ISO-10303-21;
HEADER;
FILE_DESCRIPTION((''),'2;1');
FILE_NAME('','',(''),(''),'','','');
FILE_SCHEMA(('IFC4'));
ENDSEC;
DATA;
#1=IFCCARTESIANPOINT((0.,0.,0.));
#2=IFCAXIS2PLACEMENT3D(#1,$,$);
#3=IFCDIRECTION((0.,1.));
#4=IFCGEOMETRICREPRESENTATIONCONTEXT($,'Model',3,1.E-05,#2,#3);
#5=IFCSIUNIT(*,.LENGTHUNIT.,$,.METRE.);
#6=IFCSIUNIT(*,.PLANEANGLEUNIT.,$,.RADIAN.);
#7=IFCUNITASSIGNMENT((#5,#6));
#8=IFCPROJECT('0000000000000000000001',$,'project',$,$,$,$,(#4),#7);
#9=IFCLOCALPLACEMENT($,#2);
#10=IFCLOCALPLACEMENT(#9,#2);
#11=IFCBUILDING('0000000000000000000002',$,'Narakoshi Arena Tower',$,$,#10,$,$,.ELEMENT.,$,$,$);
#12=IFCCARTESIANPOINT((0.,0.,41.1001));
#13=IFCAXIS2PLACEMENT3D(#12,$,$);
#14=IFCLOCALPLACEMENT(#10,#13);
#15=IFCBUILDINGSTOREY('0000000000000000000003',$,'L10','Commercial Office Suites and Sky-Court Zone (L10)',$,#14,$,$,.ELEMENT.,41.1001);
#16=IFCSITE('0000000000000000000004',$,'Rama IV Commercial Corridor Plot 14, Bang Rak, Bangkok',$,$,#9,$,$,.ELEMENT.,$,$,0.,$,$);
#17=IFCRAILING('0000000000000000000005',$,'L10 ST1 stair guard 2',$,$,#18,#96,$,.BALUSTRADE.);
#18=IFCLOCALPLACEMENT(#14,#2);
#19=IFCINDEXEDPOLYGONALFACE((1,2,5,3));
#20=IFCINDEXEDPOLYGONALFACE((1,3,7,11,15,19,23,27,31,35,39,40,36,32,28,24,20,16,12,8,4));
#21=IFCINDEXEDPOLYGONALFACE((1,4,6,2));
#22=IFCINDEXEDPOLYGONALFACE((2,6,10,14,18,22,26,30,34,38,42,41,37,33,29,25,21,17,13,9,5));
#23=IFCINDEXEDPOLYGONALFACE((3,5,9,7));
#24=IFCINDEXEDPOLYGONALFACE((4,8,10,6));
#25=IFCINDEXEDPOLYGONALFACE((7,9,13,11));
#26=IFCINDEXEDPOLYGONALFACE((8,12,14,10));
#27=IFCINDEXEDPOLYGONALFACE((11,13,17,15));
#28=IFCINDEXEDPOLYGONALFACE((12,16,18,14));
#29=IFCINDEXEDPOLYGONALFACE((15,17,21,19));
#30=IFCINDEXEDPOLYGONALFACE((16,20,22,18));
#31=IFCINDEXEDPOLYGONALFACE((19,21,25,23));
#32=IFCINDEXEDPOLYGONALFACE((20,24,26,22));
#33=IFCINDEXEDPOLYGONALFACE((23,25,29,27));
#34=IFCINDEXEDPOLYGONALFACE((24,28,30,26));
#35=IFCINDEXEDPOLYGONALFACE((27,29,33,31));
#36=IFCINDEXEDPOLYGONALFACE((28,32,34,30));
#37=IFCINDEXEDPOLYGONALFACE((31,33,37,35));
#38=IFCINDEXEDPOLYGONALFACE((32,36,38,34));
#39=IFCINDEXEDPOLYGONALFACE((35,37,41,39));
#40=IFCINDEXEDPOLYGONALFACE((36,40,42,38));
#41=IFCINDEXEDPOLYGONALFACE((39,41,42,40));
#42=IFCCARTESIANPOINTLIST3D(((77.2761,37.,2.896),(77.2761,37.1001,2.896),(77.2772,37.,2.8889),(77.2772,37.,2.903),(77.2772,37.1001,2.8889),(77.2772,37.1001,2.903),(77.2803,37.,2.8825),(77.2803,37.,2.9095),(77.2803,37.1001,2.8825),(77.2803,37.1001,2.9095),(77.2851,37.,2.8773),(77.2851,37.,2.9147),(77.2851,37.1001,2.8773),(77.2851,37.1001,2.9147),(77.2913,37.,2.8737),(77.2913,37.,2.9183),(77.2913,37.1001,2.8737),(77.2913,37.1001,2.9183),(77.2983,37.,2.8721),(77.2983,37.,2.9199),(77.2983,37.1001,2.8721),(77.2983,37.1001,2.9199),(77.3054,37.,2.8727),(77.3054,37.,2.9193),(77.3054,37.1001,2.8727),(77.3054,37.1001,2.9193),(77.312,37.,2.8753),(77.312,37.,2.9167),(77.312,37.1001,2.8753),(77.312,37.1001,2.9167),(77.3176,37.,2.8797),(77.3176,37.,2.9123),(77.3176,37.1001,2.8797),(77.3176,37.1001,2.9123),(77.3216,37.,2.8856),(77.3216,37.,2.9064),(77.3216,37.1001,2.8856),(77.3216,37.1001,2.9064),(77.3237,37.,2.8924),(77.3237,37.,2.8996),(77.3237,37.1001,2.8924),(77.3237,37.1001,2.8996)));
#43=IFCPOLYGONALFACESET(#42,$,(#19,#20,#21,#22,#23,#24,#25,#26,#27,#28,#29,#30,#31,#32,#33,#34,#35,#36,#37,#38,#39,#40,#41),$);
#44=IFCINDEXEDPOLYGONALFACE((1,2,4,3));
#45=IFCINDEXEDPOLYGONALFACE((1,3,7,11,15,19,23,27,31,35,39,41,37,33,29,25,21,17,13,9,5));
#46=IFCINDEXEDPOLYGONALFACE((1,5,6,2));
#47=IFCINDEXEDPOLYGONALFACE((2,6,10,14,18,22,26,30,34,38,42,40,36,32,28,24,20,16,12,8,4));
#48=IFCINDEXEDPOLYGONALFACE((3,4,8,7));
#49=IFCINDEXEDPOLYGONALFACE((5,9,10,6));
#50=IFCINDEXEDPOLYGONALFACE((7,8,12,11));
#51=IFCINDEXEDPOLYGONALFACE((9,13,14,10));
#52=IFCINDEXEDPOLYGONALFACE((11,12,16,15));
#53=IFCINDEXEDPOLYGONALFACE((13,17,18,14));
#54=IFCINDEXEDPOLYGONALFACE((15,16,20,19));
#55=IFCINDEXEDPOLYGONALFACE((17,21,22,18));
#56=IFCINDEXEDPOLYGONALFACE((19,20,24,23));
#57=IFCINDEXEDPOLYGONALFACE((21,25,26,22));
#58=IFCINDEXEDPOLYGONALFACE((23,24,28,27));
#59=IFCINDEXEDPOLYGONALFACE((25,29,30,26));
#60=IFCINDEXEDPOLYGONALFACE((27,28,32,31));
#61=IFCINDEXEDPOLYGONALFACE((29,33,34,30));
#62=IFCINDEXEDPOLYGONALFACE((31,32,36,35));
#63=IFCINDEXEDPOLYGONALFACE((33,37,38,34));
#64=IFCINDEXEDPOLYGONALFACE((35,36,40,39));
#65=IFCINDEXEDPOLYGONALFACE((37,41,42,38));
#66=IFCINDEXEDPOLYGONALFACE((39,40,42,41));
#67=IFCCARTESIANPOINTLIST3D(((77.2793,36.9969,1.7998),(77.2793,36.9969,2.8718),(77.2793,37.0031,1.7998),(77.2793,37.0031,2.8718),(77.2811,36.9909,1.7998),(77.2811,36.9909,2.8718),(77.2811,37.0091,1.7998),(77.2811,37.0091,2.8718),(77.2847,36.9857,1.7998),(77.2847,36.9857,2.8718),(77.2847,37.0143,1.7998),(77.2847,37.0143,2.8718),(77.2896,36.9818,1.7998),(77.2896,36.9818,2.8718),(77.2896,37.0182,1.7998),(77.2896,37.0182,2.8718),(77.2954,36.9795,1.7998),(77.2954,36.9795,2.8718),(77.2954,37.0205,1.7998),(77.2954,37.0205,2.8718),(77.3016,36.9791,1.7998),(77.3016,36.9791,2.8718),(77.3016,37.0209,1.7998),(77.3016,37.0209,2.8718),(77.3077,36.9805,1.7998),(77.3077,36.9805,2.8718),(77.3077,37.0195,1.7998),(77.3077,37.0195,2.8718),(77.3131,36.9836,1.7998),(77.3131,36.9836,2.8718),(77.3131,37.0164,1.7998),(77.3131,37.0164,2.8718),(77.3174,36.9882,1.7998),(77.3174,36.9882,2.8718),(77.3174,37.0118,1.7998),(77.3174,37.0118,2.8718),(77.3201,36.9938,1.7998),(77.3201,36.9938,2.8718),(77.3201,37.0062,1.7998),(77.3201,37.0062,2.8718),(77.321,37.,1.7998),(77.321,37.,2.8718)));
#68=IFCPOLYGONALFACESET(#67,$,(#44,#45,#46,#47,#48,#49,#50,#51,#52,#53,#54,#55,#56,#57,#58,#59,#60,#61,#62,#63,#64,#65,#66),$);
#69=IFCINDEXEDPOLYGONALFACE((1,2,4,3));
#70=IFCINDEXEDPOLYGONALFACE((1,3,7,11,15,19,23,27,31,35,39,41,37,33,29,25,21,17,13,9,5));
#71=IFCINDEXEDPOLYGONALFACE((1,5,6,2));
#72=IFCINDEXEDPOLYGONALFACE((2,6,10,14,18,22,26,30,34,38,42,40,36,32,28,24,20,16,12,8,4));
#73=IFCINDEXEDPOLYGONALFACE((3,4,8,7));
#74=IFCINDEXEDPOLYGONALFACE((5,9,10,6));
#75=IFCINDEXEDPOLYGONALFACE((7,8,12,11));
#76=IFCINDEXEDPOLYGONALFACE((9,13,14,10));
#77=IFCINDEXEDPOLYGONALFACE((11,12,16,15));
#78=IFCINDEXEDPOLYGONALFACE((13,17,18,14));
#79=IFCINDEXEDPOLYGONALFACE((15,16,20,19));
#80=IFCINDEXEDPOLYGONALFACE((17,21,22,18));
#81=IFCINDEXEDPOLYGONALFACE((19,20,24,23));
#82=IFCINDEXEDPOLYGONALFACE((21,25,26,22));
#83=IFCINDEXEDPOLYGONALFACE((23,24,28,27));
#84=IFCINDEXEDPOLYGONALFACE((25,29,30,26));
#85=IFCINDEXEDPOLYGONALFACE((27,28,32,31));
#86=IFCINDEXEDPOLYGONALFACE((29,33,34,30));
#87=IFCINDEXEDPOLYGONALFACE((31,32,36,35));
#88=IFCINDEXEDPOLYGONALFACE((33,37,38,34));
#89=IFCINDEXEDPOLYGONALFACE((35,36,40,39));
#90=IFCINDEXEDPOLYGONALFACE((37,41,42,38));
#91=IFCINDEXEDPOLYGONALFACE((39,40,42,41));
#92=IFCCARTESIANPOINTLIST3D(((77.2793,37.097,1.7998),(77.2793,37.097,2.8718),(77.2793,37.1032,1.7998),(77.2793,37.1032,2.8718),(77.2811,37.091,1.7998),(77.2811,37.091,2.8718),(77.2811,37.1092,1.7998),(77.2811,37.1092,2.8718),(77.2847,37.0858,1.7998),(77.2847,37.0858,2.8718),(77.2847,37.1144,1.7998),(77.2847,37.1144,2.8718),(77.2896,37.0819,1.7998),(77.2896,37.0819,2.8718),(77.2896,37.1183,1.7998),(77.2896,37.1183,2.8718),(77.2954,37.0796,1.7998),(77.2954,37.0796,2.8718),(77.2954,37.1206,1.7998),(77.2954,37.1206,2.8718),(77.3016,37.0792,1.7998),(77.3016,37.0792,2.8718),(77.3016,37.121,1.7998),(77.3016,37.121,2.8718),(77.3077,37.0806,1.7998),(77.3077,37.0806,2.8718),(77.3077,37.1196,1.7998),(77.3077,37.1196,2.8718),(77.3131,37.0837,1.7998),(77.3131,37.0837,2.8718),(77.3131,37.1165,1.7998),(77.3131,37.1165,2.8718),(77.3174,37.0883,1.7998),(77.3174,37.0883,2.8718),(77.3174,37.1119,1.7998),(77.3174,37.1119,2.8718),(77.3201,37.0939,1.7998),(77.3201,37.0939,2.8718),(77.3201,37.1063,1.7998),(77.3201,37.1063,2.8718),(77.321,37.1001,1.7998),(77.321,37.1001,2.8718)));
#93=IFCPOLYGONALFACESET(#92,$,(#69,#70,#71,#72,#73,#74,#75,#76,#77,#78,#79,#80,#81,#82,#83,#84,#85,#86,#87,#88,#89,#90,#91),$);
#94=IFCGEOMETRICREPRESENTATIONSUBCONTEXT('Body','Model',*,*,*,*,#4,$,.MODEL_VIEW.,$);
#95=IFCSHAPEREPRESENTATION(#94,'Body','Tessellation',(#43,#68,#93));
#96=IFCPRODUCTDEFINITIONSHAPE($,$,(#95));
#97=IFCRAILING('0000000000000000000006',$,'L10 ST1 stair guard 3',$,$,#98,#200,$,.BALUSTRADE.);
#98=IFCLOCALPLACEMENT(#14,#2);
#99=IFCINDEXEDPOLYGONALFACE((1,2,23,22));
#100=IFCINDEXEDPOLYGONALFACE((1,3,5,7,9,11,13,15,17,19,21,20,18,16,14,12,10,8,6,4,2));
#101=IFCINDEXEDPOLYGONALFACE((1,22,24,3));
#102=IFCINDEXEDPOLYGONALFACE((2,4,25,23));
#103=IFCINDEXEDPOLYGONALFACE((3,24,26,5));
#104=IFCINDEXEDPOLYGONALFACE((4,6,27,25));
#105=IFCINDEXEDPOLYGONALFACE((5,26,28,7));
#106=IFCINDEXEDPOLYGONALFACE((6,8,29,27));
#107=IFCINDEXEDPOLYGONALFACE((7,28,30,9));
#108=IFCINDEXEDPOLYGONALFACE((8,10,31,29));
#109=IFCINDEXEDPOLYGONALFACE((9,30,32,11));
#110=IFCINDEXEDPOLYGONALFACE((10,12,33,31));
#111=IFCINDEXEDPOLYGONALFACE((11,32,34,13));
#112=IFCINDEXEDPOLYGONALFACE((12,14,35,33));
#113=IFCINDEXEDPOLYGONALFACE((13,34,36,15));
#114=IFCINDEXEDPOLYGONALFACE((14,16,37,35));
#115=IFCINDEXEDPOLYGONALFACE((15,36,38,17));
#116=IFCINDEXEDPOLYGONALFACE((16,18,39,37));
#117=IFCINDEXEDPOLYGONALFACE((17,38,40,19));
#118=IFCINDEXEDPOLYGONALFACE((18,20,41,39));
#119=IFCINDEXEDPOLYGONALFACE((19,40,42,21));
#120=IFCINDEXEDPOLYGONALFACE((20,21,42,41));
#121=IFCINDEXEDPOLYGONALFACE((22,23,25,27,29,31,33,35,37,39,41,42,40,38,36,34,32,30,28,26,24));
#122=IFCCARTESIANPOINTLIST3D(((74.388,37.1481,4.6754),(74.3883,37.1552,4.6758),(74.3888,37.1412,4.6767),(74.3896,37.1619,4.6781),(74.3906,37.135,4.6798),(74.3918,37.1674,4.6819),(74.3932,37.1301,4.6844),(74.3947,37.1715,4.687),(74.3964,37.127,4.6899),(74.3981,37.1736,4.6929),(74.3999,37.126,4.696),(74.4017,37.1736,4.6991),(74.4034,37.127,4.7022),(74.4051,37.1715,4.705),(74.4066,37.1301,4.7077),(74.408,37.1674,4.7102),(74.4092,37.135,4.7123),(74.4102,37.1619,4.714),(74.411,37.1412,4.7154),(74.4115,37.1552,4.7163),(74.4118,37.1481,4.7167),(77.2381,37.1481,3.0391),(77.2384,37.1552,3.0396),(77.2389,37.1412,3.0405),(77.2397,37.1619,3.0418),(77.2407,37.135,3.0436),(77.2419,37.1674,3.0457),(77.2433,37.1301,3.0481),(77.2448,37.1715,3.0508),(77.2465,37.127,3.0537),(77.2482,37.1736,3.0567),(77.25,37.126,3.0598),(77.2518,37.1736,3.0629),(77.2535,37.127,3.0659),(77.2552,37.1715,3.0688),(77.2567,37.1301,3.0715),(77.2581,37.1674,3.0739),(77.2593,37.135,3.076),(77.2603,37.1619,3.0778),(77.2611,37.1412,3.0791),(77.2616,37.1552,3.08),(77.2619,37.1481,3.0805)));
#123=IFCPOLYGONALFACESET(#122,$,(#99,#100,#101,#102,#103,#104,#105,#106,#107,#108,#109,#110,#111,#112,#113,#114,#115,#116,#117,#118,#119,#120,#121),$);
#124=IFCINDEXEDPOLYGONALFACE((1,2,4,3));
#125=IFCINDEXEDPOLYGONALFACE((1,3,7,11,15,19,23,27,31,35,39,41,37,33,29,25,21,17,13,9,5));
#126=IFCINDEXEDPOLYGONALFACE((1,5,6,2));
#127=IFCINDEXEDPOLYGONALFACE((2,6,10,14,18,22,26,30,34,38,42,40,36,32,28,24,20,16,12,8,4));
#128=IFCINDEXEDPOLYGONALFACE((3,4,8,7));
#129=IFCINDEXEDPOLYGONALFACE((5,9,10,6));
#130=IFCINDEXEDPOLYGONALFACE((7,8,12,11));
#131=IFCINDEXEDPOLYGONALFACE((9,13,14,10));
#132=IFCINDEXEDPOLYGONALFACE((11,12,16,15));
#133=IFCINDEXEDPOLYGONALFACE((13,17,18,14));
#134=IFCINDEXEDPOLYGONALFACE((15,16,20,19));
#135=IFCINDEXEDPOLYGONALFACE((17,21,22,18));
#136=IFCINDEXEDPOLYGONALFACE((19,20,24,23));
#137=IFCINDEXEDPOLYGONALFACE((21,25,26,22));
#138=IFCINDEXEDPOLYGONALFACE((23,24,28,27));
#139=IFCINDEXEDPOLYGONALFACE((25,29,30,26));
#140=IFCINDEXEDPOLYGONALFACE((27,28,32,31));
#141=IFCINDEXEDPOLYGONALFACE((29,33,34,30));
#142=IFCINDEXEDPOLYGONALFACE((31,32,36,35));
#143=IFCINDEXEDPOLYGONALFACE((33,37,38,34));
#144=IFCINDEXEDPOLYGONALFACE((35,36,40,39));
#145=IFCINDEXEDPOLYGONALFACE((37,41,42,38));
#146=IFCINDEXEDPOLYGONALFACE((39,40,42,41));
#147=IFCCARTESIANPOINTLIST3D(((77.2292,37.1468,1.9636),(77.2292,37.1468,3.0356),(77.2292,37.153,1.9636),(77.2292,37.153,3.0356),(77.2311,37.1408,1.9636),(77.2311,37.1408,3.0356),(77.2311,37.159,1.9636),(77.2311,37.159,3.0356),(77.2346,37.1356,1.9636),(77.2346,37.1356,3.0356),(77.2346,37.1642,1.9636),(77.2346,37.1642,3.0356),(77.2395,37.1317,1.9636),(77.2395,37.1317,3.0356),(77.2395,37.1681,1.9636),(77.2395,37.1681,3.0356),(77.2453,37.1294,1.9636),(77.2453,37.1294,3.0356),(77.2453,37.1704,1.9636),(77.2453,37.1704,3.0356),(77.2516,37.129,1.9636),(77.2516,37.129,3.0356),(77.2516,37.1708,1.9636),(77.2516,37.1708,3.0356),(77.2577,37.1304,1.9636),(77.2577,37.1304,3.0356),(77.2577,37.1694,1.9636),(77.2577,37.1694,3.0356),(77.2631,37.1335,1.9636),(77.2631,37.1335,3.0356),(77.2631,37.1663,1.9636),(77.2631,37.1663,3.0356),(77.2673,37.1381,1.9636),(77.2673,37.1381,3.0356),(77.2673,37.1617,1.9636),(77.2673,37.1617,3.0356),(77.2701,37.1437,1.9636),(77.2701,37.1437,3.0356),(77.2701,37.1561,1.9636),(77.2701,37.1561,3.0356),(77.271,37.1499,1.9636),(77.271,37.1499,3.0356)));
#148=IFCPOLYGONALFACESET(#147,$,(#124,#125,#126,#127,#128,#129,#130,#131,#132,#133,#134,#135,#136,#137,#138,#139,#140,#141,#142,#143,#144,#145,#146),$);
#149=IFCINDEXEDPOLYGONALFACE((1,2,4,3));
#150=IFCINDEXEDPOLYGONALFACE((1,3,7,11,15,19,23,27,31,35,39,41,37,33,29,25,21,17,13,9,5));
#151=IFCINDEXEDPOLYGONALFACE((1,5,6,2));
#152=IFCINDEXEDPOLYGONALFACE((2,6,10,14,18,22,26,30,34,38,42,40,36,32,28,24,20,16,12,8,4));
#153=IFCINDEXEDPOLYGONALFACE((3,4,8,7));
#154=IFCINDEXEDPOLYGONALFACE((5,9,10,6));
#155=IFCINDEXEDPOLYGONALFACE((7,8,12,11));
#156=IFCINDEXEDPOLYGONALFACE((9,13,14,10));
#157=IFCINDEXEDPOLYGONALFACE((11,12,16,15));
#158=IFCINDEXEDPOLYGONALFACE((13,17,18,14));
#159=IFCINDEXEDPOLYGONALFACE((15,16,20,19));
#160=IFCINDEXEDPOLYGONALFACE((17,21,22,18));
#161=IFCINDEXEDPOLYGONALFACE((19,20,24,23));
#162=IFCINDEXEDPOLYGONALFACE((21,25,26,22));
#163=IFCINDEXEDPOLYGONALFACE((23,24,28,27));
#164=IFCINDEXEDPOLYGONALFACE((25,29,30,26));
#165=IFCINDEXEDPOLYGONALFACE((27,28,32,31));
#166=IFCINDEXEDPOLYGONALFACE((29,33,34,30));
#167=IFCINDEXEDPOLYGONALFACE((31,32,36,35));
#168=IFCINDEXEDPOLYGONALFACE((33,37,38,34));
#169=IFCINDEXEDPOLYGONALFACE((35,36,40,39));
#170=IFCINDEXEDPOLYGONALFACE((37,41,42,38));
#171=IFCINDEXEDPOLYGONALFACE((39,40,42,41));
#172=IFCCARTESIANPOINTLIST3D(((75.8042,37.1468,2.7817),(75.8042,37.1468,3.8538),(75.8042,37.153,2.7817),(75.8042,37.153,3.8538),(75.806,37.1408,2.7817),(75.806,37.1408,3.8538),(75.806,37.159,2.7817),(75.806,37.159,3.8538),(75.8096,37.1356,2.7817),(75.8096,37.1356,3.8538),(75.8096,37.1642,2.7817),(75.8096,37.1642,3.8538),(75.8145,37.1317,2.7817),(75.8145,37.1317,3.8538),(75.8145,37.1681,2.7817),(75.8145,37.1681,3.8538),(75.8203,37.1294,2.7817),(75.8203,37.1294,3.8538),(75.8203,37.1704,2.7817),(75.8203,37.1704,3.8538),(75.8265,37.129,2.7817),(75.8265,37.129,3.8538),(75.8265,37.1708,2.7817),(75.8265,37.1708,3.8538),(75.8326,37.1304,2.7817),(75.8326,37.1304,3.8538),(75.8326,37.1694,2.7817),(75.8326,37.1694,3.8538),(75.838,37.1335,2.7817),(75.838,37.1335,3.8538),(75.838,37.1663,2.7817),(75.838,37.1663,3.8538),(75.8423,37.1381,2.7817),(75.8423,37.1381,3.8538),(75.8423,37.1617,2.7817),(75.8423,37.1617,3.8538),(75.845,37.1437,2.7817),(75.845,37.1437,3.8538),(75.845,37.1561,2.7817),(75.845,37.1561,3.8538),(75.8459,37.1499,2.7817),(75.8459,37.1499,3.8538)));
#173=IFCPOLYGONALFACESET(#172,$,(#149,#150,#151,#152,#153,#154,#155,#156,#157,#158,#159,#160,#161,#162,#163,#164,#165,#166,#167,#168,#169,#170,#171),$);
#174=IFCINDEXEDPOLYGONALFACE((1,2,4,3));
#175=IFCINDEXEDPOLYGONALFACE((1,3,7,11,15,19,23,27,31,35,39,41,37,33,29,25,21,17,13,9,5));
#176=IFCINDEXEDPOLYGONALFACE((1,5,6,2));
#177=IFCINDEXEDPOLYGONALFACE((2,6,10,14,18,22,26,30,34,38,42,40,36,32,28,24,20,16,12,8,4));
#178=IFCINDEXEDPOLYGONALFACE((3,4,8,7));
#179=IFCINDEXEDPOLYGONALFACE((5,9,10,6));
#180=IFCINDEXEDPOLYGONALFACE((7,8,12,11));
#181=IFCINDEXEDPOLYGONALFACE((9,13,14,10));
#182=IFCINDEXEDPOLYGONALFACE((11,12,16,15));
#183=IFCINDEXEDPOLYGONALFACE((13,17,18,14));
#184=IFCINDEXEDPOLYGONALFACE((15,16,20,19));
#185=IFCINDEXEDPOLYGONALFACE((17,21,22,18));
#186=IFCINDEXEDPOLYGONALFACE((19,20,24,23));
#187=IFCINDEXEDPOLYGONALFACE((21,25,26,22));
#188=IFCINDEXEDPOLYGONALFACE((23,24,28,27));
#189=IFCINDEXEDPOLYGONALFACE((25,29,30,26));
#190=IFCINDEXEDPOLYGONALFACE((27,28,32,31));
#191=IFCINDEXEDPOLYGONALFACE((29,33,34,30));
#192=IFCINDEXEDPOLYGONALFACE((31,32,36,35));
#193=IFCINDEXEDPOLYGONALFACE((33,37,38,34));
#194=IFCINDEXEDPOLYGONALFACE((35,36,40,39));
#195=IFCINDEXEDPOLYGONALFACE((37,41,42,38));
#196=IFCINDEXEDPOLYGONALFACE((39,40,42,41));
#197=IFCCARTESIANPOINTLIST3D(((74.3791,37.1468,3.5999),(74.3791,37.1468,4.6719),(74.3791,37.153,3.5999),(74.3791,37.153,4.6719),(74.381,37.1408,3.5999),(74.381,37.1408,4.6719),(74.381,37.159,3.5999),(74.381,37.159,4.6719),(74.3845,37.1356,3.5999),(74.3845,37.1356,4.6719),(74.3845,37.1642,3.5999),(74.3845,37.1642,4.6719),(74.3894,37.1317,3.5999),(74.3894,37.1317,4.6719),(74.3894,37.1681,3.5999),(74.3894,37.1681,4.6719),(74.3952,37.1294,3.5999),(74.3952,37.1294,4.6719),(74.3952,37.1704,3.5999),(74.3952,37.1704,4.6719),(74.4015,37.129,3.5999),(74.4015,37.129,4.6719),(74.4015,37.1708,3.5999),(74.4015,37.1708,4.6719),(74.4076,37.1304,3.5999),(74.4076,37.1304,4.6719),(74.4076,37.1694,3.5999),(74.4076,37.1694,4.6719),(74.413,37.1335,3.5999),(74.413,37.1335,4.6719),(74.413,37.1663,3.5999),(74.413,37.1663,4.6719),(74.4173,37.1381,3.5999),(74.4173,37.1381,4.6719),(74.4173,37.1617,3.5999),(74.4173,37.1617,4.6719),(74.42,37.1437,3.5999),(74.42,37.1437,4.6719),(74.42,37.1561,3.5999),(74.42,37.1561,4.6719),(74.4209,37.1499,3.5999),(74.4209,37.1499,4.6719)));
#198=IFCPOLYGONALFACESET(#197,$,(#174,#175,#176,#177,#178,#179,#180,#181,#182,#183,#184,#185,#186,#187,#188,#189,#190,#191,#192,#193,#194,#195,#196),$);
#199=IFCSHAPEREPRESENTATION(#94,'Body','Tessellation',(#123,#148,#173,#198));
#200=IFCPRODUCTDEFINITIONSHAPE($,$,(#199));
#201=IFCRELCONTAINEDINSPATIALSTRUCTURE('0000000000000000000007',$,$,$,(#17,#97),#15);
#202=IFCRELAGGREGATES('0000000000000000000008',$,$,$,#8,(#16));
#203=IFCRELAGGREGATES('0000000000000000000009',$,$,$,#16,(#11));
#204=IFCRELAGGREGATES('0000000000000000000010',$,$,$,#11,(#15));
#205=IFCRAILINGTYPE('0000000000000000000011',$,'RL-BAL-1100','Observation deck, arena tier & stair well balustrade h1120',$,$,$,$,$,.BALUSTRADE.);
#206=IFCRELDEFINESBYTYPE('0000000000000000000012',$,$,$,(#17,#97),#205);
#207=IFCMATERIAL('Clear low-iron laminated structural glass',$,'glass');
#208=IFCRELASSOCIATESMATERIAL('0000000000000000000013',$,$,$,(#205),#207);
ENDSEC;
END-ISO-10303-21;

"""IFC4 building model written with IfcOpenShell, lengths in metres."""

from ifc_helpers import new_model, si_unit, direction, frame, origin, origin_2d, place, context, subcontext, project, spatial, circle, extrude, material, type_object, element, save


model = new_model("IFC4")

# Units and contexts
model_context = context("Model", 3, precision=1e-05, world=origin(), true_north=direction((0.0, 1.0)))
body_context = subcontext(model_context, "Body", "Model", "MODEL_VIEW")
ifc_project = project(units=[si_unit("LENGTHUNIT", "METRE"), si_unit("PLANEANGLEUNIT", "RADIAN")], contexts=[model_context])

# Site, building, storey
site_placement = place(None, origin())
site = spatial("IfcSite", under=ifc_project, at=site_placement, Name="Rama IV Commercial Corridor Plot 14, Bang Rak, Bangkok", CompositionType="ELEMENT", RefElevation=0.0)
building_placement = place(site_placement, origin())
building = spatial("IfcBuilding", under=site, at=building_placement, Name="Narakoshi Arena Tower", CompositionType="ELEMENT")
storey_placement = place(building_placement, frame((0.0, 0.0, 41.1001)))
storey = spatial("IfcBuildingStorey", under=building, at=storey_placement, Name="L10", Description="Commercial Office Suites and Sky-Court Zone (L10)", CompositionType="ELEMENT", Elevation=41.1001)

# Railings
ifc_material_1 = material(Name="Clear low-iron laminated structural glass", Category="glass")
railing_type_1 = type_object("IfcRailingType", Name="RL-BAL-1100", Description="Observation deck, arena tier & stair well balustrade h1120", PredefinedType="BALUSTRADE", material=ifc_material_1)
railing_1_placement = place(storey_placement, frame((77.3, 37.0, 1.7998)))
element("IfcRailing", 1, at=railing_1_placement, inside=storey, type_object=railing_type_1, Name="L10 ST1 stair guard 2", PredefinedType="BALUSTRADE", context=body_context, shape_type="SweptSolid", body=[
    extrude(circle(Radius=0.0239, at=origin_2d()), frame((0.0, 0.0, 1.0962), z_axis=(0.0, 1.0, 0.0), x_axis=(-1.0, 0.0, 0.0)), (0.0, 0.0, 1.0), 0.1001),
    extrude(circle(Radius=0.021, at=origin_2d()), origin(), (0.0, 0.0, 1.0), 1.072),
    extrude(circle(Radius=0.021, at=origin_2d()), frame((0.0, 0.1001, 0.0)), (0.0, 0.0, 1.0), 1.072),
])
railing_2_placement = place(storey_placement, frame((77.25, 37.1499, 1.9636)))
element("IfcRailing", 2, at=railing_2_placement, inside=storey, type_object=railing_type_1, Name="L10 ST1 stair guard 3", PredefinedType="BALUSTRADE", context=body_context, shape_type="SweptSolid", body=[
    extrude(circle(Radius=0.0239, at=origin_2d()), frame((0.0, 0.0, 1.0962), z_axis=(-0.867245, 0.0, 0.497882), x_axis=(0.0, -1.0, 0.0)), (0.0, 0.0, 1.0), 3.2864),
    extrude(circle(Radius=0.021, at=origin_2d()), origin(), (0.0, 0.0, 1.0), 1.072),
    extrude(circle(Radius=0.021, at=origin_2d()), frame((-1.425, 0.0, 0.8181)), (0.0, 0.0, 1.0), 1.072),
    extrude(circle(Radius=0.021, at=origin_2d()), frame((-2.8501, 0.0, 1.6362)), (0.0, 0.0, 1.0), 1.072),
])

save(model, "model.ifc")
